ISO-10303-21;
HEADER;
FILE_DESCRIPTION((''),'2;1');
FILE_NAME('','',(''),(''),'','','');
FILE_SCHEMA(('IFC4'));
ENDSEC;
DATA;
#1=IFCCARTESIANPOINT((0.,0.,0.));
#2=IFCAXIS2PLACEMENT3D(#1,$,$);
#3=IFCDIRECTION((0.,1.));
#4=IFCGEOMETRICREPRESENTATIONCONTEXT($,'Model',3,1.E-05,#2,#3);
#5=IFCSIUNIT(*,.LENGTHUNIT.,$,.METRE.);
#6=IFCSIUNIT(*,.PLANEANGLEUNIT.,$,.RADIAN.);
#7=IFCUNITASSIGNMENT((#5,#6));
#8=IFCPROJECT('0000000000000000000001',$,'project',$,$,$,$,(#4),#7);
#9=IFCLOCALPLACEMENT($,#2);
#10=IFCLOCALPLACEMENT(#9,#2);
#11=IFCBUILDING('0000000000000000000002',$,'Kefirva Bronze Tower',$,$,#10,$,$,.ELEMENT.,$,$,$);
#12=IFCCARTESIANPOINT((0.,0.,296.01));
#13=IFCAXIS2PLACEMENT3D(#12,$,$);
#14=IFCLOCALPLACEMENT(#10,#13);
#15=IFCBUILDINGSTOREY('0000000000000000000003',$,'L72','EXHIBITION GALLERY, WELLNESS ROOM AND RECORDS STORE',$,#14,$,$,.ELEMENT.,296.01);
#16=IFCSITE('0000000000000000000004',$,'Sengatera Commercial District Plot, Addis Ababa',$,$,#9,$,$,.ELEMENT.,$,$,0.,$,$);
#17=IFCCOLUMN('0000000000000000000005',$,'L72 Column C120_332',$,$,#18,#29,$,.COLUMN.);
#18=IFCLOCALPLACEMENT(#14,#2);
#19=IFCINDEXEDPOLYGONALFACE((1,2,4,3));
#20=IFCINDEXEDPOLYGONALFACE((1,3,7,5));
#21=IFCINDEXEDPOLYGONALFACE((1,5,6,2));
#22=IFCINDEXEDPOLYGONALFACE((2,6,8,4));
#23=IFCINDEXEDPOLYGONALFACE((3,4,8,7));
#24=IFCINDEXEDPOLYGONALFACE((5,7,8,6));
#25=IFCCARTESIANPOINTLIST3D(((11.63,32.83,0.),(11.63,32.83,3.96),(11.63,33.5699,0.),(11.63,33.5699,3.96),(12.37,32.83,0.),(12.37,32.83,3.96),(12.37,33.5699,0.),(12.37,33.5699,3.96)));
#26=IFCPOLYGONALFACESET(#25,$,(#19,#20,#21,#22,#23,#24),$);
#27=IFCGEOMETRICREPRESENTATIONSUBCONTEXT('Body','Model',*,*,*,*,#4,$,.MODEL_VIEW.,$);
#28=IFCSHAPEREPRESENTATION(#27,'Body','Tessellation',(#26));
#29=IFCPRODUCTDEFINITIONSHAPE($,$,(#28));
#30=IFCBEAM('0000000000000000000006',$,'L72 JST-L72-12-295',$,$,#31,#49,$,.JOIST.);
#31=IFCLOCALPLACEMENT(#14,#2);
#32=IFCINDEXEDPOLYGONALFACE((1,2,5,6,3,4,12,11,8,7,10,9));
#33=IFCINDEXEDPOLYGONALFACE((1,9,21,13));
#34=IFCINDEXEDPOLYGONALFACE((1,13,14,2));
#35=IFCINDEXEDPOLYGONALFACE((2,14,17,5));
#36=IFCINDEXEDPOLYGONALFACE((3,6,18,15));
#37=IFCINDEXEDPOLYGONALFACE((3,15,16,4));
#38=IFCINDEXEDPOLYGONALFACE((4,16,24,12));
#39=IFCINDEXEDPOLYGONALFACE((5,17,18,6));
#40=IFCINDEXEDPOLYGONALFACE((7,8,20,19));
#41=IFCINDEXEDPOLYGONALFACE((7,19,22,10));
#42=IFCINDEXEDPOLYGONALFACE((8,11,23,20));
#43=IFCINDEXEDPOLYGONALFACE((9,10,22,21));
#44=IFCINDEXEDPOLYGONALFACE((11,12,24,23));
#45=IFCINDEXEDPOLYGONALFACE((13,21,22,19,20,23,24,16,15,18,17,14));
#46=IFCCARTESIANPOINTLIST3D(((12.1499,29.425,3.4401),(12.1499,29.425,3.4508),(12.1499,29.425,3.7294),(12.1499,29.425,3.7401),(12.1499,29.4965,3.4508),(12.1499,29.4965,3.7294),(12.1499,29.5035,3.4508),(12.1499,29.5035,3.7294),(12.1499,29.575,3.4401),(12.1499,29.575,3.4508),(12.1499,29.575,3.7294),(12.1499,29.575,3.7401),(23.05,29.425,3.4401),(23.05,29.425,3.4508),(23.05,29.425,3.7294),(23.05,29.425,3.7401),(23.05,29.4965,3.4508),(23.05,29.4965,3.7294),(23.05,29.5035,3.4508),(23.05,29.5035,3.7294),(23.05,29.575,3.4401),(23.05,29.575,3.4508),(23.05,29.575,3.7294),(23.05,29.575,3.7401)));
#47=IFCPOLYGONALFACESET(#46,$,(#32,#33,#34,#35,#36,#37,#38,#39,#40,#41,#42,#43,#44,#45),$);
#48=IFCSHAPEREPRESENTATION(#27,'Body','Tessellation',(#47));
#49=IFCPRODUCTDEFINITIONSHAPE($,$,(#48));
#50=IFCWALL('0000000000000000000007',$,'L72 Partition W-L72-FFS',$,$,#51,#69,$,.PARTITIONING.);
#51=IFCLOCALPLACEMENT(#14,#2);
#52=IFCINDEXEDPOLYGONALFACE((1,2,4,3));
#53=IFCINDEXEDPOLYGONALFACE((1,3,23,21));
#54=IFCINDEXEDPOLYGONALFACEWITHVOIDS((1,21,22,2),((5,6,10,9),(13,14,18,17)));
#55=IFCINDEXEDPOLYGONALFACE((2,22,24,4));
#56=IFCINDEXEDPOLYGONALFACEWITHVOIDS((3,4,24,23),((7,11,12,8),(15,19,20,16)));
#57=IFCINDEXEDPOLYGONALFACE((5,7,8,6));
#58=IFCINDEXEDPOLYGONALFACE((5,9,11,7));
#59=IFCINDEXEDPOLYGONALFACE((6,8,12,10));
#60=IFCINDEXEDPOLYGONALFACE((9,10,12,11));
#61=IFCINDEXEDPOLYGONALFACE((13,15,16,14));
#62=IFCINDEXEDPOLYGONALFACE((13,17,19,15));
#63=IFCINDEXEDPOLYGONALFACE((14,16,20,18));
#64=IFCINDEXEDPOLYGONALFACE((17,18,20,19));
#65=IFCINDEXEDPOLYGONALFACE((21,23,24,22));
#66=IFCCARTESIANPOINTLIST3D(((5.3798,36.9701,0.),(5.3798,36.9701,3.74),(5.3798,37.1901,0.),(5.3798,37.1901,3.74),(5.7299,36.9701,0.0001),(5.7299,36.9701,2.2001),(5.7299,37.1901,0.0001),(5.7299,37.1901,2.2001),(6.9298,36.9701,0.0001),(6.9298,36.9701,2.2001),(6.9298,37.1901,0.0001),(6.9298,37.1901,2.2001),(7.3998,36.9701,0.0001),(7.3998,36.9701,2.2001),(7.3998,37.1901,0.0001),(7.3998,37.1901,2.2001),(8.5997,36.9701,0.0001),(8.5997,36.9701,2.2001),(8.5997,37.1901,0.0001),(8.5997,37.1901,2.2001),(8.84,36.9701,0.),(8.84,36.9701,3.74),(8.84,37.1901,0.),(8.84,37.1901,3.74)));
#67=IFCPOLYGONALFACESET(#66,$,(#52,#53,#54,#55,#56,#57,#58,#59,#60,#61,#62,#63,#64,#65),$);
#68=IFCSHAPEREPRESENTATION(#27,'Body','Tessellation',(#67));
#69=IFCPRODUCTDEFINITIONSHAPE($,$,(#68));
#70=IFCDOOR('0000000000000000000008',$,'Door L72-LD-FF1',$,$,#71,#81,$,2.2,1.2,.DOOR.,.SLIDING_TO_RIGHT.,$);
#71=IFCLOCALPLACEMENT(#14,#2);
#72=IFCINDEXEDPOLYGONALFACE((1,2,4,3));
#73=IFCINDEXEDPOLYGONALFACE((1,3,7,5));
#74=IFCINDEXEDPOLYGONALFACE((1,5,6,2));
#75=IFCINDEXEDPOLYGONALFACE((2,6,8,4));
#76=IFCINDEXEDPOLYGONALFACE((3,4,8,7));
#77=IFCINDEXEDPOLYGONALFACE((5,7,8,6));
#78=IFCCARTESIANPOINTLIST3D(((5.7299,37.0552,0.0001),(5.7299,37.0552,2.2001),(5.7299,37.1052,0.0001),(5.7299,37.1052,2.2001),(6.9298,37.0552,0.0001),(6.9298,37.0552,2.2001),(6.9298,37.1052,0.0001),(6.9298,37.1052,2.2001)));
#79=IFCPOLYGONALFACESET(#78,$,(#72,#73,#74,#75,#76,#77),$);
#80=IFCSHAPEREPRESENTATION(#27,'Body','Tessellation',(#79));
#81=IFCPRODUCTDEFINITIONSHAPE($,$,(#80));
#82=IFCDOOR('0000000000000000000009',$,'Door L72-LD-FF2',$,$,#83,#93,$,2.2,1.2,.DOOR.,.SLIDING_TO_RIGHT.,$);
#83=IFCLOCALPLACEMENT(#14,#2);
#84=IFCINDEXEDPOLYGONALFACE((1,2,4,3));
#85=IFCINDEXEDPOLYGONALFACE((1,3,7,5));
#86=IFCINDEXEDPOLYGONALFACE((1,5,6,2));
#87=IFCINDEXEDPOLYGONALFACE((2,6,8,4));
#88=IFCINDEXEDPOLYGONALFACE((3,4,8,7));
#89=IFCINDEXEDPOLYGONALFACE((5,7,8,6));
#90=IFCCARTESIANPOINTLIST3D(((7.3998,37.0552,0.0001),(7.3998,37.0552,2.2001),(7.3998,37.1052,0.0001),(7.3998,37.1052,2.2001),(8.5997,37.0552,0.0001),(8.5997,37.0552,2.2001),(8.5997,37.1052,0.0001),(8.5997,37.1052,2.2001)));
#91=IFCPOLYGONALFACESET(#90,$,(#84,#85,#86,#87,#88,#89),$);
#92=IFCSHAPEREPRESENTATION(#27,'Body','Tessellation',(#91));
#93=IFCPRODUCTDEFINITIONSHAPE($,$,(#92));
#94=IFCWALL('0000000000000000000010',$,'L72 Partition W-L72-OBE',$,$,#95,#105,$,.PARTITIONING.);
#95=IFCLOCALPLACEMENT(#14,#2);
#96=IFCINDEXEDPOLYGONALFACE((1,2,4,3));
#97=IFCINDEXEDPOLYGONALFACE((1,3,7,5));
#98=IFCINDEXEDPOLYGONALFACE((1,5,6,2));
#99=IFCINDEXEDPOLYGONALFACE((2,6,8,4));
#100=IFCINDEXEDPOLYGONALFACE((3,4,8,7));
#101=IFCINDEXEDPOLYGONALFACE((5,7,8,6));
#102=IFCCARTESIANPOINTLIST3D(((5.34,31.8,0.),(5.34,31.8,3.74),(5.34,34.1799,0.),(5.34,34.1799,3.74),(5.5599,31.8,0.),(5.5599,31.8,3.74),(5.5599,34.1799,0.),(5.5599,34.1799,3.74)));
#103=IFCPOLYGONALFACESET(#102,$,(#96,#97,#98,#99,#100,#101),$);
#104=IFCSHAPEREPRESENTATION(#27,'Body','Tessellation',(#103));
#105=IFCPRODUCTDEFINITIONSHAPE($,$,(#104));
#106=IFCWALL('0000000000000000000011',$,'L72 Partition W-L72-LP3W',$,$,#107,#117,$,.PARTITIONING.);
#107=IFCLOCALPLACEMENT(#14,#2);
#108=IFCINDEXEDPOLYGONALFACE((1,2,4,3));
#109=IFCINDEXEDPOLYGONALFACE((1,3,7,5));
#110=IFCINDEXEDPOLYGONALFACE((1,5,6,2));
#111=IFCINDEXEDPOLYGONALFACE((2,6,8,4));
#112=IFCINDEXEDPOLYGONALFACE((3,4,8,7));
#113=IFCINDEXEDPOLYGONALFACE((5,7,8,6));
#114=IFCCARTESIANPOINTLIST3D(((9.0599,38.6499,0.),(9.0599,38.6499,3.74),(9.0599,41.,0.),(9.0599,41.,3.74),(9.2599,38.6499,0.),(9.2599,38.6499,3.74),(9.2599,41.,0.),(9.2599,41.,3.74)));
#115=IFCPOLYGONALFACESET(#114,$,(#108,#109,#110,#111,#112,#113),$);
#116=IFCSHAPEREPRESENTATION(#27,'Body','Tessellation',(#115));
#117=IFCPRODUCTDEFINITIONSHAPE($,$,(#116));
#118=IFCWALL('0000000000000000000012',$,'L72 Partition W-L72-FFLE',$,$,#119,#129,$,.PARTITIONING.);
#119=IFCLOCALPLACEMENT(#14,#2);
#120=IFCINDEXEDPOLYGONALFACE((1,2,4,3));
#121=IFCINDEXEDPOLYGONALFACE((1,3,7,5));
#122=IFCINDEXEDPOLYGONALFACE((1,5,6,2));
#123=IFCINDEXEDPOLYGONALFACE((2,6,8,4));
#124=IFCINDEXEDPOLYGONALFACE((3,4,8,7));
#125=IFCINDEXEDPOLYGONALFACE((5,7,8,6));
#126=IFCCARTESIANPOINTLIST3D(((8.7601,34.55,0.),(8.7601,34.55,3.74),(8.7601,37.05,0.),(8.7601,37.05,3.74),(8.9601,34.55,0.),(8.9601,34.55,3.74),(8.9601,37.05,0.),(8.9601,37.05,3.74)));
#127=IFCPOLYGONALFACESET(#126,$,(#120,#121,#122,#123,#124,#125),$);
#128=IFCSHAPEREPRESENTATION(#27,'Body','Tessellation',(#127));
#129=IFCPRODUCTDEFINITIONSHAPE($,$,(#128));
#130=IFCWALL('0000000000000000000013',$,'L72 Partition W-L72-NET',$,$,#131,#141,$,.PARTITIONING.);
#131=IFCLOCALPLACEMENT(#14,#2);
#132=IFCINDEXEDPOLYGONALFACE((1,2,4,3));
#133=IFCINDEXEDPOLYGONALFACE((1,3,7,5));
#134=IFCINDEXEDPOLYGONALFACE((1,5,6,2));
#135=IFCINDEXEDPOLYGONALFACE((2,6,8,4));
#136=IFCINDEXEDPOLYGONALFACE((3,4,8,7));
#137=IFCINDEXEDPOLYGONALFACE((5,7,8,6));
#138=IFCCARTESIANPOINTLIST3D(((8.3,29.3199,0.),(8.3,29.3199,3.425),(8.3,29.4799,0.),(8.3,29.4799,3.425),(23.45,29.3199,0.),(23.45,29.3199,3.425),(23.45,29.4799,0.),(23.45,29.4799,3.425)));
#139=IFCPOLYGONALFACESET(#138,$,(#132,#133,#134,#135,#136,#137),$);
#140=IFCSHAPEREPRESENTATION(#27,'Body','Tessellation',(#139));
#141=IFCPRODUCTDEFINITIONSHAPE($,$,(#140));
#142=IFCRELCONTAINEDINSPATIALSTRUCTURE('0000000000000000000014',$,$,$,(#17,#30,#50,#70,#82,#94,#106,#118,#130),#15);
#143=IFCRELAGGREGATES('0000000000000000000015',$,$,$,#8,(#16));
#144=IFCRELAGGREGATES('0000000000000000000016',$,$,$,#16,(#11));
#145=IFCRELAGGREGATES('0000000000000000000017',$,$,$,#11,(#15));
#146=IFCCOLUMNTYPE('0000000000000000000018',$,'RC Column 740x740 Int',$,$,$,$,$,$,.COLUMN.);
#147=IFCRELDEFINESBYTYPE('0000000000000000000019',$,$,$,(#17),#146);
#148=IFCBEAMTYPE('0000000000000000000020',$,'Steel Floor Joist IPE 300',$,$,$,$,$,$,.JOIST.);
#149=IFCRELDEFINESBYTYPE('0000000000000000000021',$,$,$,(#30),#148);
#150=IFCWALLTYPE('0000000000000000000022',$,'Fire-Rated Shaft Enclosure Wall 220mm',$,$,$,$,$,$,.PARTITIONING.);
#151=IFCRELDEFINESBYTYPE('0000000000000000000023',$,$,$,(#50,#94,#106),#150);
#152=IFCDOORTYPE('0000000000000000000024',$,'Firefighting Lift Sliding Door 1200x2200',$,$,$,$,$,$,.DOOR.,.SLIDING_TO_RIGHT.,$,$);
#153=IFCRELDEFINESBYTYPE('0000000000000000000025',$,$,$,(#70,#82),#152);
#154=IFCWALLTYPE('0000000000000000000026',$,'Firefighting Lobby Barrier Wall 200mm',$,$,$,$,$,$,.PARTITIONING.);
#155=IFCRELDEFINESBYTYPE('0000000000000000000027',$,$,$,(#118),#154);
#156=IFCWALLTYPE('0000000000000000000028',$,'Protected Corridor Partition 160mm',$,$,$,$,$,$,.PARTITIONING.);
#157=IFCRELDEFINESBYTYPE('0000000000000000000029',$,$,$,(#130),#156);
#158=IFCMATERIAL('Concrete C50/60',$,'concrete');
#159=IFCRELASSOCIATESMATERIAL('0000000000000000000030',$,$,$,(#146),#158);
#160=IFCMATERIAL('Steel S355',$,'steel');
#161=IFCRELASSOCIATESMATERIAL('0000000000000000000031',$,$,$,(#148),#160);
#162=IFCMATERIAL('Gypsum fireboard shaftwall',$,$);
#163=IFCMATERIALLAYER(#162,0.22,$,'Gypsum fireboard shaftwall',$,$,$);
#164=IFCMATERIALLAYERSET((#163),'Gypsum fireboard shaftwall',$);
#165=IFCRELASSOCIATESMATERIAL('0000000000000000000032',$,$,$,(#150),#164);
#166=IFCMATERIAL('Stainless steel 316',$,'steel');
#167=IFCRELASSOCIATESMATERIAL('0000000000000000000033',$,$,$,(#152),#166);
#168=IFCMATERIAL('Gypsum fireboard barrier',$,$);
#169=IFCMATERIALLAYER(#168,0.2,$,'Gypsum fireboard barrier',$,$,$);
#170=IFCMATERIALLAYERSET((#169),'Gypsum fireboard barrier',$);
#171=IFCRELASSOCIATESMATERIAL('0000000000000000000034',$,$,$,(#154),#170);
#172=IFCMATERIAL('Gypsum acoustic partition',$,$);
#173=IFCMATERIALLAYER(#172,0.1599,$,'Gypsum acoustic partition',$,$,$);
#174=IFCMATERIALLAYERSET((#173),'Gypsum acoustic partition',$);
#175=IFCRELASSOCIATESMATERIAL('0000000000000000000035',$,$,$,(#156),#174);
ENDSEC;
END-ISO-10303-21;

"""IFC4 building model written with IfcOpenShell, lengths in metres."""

from ifc_helpers import new_model, si_unit, direction, frame, frame_2d, origin, origin_2d, place, context, subcontext, project, spatial, rectangle, i_section, extrude, material, layer, layer_set, material_profile, profile_set, type_object, element, fill, save


model = new_model("IFC4")

# Units and contexts
model_context = context("Model", 3, precision=1e-05, world=origin(), true_north=direction((0.0, 1.0)))
body_context = subcontext(model_context, "Body", "Model", "MODEL_VIEW")
ifc_project = project(units=[si_unit("LENGTHUNIT", "METRE"), si_unit("PLANEANGLEUNIT", "RADIAN")], contexts=[model_context])

# Site, building, storey
site_placement = place(None, origin())
site = spatial("IfcSite", under=ifc_project, at=site_placement, Name="Sengatera Commercial District Plot, Addis Ababa", CompositionType="ELEMENT", RefElevation=0.0)
building_placement = place(site_placement, origin())
building = spatial("IfcBuilding", under=site, at=building_placement, Name="Kefirva Bronze Tower", CompositionType="ELEMENT")
storey_placement = place(building_placement, frame((0.0, 0.0, 296.01)))
storey = spatial("IfcBuildingStorey", under=building, at=storey_placement, Name="L72", Description="EXHIBITION GALLERY, WELLNESS ROOM AND RECORDS STORE", CompositionType="ELEMENT", Elevation=296.01)

# Column
ifc_material_1 = material(Name="Concrete C50/60", Category="concrete")
ifc_material_profile_1 = material_profile(ifc_material_1, rectangle(XDim=0.74, YDim=0.74, at=origin_2d()), Name="RC 740x740")
ifc_profile_set_1 = profile_set([ifc_material_profile_1], Name="Concrete C50/60")
column_type = type_object("IfcColumnType", Name="RC Column 740x740 Int", PredefinedType="COLUMN", material=ifc_profile_set_1)
column_placement = place(storey_placement, frame((12.0, 33.2, 0.0), z_axis=(0.0, 0.0, 1.0), x_axis=(1.0, 0.0, 0.0)))
element("IfcColumn", 1, at=column_placement, inside=storey, type_object=column_type, Name="L72 Column C120_332", PredefinedType="COLUMN", context=body_context, shape_type="SweptSolid", body=[
    extrude(rectangle(XDim=0.74, YDim=0.74, at=origin_2d()), origin(), (0.0, 0.0, 1.0), 3.96),
])

# Beam
ifc_material_2 = material(Name="Steel S355", Category="steel")
ifc_material_profile_2 = material_profile(ifc_material_2, i_section(OverallWidth=0.1499, OverallDepth=0.3, WebThickness=0.0071, FlangeThickness=0.0107, at=origin_2d()), Name="IPE 300")
ifc_profile_set_2 = profile_set([ifc_material_profile_2], Name="Steel S355")
beam_type = type_object("IfcBeamType", Name="Steel Floor Joist IPE 300", PredefinedType="JOIST", material=ifc_profile_set_2)
beam_placement = place(storey_placement, frame((12.1499, 29.5, 3.5901), z_axis=(1.0, 0.0, 0.0), x_axis=(0.0, 1.0, 0.0)))
element("IfcBeam", 2, at=beam_placement, inside=storey, type_object=beam_type, Name="L72 JST-L72-12-295", PredefinedType="JOIST", context=body_context, shape_type="SweptSolid", body=[
    extrude(i_section(OverallWidth=0.1499, OverallDepth=0.3, WebThickness=0.0071, FlangeThickness=0.0107, at=origin_2d()), origin(), (0.0, 0.0, 1.0), 10.9001),
])

# Wall, openings, doors
ifc_material_3 = material(Name="Gypsum fireboard shaftwall")
ifc_layer_1 = layer(ifc_material_3, 0.22, Name="Gypsum fireboard shaftwall")
ifc_layer_set_1 = layer_set([ifc_layer_1], Name="Gypsum fireboard shaftwall")
wall_type_1 = type_object("IfcWallType", Name="Fire-Rated Shaft Enclosure Wall 220mm", PredefinedType="PARTITIONING", material=ifc_layer_set_1)
wall_1_placement = place(storey_placement, frame((5.3799, 37.0801, 0.0), z_axis=(0.0, 0.0, 1.0), x_axis=(1.0, 0.0, 0.0)))
wall_1 = element("IfcWall", 3, at=wall_1_placement, inside=storey, type_object=wall_type_1, Name="L72 Partition W-L72-FFS", PredefinedType="PARTITIONING", context=body_context, shape_type="SweptSolid", body=[
    extrude(rectangle(XDim=3.4602, YDim=0.22, at=frame_2d((1.73, 0.0))), origin(), (0.0, 0.0, 1.0), 3.74),
])
opening_1_placement = place(wall_1_placement, frame((1.55, 0.0, 0.0), z_axis=(0.0, 0.0, 1.0), x_axis=(-1.0, 0.0, 0.0)))
opening_1 = element("IfcOpeningElement", 4, at=opening_1_placement, cuts=wall_1, PredefinedType="OPENING", context=body_context, shape_type="SweptSolid", body=[
    extrude(rectangle(XDim=1.2, YDim=2.2, at=frame_2d((0.6001, 1.1001))), frame((0.0, 0.1201, 0.0), z_axis=(0.0, -1.0, 0.0), x_axis=(1.0, 0.0, 0.0)), (0.0, 0.0, 1.0), 0.24),
])
opening_2_placement = place(wall_1_placement, frame((3.22, 0.0, 0.0), z_axis=(0.0, 0.0, 1.0), x_axis=(-1.0, 0.0, 0.0)))
opening_2 = element("IfcOpeningElement", 5, at=opening_2_placement, cuts=wall_1, PredefinedType="OPENING", context=body_context, shape_type="SweptSolid", body=[
    extrude(rectangle(XDim=1.2, YDim=2.2, at=frame_2d((0.6001, 1.1001))), frame((0.0, 0.1201, 0.0), z_axis=(0.0, -1.0, 0.0), x_axis=(1.0, 0.0, 0.0)), (0.0, 0.0, 1.0), 0.24),
])
ifc_material_4 = material(Name="Stainless steel 316", Category="steel")
door_type_1 = type_object("IfcDoorType", Name="Firefighting Lift Sliding Door 1200x2200", OperationType="SLIDING_TO_RIGHT", PredefinedType="DOOR", material=ifc_material_4)
door_1_placement = place(opening_1_placement, origin())
door_1 = element("IfcDoor", 6, at=door_1_placement, inside=storey, type_object=door_type_1, Name="Door L72-LD-FF1", OperationType="SLIDING_TO_RIGHT", OverallHeight=2.2, OverallWidth=1.2, PredefinedType="DOOR", context=body_context, shape_type="SweptSolid", body=[
    extrude(rectangle(XDim=1.2, YDim=2.2, at=frame_2d((0.6001, 1.1001))), frame((0.0, 0.0249, 0.0), z_axis=(0.0, -1.0, 0.0), x_axis=(1.0, 0.0, 0.0)), (0.0, 0.0, 1.0), 0.05),
])
fill(opening_1, door_1)
door_2_placement = place(opening_2_placement, origin())
door_2 = element("IfcDoor", 7, at=door_2_placement, inside=storey, type_object=door_type_1, Name="Door L72-LD-FF2", OperationType="SLIDING_TO_RIGHT", OverallHeight=2.2, OverallWidth=1.2, PredefinedType="DOOR", context=body_context, shape_type="SweptSolid", body=[
    extrude(rectangle(XDim=1.2, YDim=2.2, at=frame_2d((0.6001, 1.1001))), frame((0.0, 0.0249, 0.0), z_axis=(0.0, -1.0, 0.0), x_axis=(1.0, 0.0, 0.0)), (0.0, 0.0, 1.0), 0.05),
])
fill(opening_2, door_2)

# Walls
wall_2_placement = place(storey_placement, frame((5.45, 31.8, 0.0), z_axis=(0.0, 0.0, 1.0), x_axis=(0.0, 1.0, 0.0)))
element("IfcWall", 8, at=wall_2_placement, inside=storey, type_object=wall_type_1, Name="L72 Partition W-L72-OBE", PredefinedType="PARTITIONING", context=body_context, shape_type="SweptSolid", body=[
    extrude(rectangle(XDim=2.3799, YDim=0.22, at=frame_2d((1.1899, 0.0))), origin(), (0.0, 0.0, 1.0), 3.74),
])
wall_3_placement = place(storey_placement, frame((9.1599, 38.6499, 0.0), z_axis=(0.0, 0.0, 1.0), x_axis=(0.0, 1.0, 0.0)))
element("IfcWall", 9, at=wall_3_placement, inside=storey, type_object=wall_type_1, Name="L72 Partition W-L72-LP3W", PredefinedType="PARTITIONING", context=body_context, shape_type="SweptSolid", body=[
    extrude(rectangle(XDim=2.3501, YDim=0.2, at=frame_2d((1.175, 0.0))), origin(), (0.0, 0.0, 1.0), 3.74),
])
ifc_material_5 = material(Name="Gypsum fireboard barrier")
ifc_layer_2 = layer(ifc_material_5, 0.2, Name="Gypsum fireboard barrier")
ifc_layer_set_2 = layer_set([ifc_layer_2], Name="Gypsum fireboard barrier")
wall_type_2 = type_object("IfcWallType", Name="Firefighting Lobby Barrier Wall 200mm", PredefinedType="PARTITIONING", material=ifc_layer_set_2)
wall_4_placement = place(storey_placement, frame((8.8601, 34.55, 0.0), z_axis=(0.0, 0.0, 1.0), x_axis=(0.0, 1.0, 0.0)))
element("IfcWall", 10, at=wall_4_placement, inside=storey, type_object=wall_type_2, Name="L72 Partition W-L72-FFLE", PredefinedType="PARTITIONING", context=body_context, shape_type="SweptSolid", body=[
    extrude(rectangle(XDim=2.5, YDim=0.2, at=frame_2d((1.25, 0.0))), origin(), (0.0, 0.0, 1.0), 3.74),
])

# Shared definitions
ifc_material_6 = material(Name="Gypsum acoustic partition")
ifc_layer_3 = layer(ifc_material_6, 0.1599, Name="Gypsum acoustic partition")
ifc_layer_set_3 = layer_set([ifc_layer_3], Name="Gypsum acoustic partition")
wall_type_3 = type_object("IfcWallType", Name="Protected Corridor Partition 160mm", PredefinedType="PARTITIONING", material=ifc_layer_set_3)

# Wall
wall_5_placement = place(storey_placement, frame((8.3, 29.3999, 0.0), z_axis=(0.0, 0.0, 1.0), x_axis=(1.0, 0.0, 0.0)))
element("IfcWall", 11, at=wall_5_placement, inside=storey, type_object=wall_type_3, Name="L72 Partition W-L72-NET", PredefinedType="PARTITIONING", context=body_context, shape_type="SweptSolid", body=[
    extrude(rectangle(XDim=15.1499, YDim=0.1599, at=frame_2d((7.575, 0.0))), origin(), (0.0, 0.0, 1.0), 3.425),
])

save(model, "model.ifc")
